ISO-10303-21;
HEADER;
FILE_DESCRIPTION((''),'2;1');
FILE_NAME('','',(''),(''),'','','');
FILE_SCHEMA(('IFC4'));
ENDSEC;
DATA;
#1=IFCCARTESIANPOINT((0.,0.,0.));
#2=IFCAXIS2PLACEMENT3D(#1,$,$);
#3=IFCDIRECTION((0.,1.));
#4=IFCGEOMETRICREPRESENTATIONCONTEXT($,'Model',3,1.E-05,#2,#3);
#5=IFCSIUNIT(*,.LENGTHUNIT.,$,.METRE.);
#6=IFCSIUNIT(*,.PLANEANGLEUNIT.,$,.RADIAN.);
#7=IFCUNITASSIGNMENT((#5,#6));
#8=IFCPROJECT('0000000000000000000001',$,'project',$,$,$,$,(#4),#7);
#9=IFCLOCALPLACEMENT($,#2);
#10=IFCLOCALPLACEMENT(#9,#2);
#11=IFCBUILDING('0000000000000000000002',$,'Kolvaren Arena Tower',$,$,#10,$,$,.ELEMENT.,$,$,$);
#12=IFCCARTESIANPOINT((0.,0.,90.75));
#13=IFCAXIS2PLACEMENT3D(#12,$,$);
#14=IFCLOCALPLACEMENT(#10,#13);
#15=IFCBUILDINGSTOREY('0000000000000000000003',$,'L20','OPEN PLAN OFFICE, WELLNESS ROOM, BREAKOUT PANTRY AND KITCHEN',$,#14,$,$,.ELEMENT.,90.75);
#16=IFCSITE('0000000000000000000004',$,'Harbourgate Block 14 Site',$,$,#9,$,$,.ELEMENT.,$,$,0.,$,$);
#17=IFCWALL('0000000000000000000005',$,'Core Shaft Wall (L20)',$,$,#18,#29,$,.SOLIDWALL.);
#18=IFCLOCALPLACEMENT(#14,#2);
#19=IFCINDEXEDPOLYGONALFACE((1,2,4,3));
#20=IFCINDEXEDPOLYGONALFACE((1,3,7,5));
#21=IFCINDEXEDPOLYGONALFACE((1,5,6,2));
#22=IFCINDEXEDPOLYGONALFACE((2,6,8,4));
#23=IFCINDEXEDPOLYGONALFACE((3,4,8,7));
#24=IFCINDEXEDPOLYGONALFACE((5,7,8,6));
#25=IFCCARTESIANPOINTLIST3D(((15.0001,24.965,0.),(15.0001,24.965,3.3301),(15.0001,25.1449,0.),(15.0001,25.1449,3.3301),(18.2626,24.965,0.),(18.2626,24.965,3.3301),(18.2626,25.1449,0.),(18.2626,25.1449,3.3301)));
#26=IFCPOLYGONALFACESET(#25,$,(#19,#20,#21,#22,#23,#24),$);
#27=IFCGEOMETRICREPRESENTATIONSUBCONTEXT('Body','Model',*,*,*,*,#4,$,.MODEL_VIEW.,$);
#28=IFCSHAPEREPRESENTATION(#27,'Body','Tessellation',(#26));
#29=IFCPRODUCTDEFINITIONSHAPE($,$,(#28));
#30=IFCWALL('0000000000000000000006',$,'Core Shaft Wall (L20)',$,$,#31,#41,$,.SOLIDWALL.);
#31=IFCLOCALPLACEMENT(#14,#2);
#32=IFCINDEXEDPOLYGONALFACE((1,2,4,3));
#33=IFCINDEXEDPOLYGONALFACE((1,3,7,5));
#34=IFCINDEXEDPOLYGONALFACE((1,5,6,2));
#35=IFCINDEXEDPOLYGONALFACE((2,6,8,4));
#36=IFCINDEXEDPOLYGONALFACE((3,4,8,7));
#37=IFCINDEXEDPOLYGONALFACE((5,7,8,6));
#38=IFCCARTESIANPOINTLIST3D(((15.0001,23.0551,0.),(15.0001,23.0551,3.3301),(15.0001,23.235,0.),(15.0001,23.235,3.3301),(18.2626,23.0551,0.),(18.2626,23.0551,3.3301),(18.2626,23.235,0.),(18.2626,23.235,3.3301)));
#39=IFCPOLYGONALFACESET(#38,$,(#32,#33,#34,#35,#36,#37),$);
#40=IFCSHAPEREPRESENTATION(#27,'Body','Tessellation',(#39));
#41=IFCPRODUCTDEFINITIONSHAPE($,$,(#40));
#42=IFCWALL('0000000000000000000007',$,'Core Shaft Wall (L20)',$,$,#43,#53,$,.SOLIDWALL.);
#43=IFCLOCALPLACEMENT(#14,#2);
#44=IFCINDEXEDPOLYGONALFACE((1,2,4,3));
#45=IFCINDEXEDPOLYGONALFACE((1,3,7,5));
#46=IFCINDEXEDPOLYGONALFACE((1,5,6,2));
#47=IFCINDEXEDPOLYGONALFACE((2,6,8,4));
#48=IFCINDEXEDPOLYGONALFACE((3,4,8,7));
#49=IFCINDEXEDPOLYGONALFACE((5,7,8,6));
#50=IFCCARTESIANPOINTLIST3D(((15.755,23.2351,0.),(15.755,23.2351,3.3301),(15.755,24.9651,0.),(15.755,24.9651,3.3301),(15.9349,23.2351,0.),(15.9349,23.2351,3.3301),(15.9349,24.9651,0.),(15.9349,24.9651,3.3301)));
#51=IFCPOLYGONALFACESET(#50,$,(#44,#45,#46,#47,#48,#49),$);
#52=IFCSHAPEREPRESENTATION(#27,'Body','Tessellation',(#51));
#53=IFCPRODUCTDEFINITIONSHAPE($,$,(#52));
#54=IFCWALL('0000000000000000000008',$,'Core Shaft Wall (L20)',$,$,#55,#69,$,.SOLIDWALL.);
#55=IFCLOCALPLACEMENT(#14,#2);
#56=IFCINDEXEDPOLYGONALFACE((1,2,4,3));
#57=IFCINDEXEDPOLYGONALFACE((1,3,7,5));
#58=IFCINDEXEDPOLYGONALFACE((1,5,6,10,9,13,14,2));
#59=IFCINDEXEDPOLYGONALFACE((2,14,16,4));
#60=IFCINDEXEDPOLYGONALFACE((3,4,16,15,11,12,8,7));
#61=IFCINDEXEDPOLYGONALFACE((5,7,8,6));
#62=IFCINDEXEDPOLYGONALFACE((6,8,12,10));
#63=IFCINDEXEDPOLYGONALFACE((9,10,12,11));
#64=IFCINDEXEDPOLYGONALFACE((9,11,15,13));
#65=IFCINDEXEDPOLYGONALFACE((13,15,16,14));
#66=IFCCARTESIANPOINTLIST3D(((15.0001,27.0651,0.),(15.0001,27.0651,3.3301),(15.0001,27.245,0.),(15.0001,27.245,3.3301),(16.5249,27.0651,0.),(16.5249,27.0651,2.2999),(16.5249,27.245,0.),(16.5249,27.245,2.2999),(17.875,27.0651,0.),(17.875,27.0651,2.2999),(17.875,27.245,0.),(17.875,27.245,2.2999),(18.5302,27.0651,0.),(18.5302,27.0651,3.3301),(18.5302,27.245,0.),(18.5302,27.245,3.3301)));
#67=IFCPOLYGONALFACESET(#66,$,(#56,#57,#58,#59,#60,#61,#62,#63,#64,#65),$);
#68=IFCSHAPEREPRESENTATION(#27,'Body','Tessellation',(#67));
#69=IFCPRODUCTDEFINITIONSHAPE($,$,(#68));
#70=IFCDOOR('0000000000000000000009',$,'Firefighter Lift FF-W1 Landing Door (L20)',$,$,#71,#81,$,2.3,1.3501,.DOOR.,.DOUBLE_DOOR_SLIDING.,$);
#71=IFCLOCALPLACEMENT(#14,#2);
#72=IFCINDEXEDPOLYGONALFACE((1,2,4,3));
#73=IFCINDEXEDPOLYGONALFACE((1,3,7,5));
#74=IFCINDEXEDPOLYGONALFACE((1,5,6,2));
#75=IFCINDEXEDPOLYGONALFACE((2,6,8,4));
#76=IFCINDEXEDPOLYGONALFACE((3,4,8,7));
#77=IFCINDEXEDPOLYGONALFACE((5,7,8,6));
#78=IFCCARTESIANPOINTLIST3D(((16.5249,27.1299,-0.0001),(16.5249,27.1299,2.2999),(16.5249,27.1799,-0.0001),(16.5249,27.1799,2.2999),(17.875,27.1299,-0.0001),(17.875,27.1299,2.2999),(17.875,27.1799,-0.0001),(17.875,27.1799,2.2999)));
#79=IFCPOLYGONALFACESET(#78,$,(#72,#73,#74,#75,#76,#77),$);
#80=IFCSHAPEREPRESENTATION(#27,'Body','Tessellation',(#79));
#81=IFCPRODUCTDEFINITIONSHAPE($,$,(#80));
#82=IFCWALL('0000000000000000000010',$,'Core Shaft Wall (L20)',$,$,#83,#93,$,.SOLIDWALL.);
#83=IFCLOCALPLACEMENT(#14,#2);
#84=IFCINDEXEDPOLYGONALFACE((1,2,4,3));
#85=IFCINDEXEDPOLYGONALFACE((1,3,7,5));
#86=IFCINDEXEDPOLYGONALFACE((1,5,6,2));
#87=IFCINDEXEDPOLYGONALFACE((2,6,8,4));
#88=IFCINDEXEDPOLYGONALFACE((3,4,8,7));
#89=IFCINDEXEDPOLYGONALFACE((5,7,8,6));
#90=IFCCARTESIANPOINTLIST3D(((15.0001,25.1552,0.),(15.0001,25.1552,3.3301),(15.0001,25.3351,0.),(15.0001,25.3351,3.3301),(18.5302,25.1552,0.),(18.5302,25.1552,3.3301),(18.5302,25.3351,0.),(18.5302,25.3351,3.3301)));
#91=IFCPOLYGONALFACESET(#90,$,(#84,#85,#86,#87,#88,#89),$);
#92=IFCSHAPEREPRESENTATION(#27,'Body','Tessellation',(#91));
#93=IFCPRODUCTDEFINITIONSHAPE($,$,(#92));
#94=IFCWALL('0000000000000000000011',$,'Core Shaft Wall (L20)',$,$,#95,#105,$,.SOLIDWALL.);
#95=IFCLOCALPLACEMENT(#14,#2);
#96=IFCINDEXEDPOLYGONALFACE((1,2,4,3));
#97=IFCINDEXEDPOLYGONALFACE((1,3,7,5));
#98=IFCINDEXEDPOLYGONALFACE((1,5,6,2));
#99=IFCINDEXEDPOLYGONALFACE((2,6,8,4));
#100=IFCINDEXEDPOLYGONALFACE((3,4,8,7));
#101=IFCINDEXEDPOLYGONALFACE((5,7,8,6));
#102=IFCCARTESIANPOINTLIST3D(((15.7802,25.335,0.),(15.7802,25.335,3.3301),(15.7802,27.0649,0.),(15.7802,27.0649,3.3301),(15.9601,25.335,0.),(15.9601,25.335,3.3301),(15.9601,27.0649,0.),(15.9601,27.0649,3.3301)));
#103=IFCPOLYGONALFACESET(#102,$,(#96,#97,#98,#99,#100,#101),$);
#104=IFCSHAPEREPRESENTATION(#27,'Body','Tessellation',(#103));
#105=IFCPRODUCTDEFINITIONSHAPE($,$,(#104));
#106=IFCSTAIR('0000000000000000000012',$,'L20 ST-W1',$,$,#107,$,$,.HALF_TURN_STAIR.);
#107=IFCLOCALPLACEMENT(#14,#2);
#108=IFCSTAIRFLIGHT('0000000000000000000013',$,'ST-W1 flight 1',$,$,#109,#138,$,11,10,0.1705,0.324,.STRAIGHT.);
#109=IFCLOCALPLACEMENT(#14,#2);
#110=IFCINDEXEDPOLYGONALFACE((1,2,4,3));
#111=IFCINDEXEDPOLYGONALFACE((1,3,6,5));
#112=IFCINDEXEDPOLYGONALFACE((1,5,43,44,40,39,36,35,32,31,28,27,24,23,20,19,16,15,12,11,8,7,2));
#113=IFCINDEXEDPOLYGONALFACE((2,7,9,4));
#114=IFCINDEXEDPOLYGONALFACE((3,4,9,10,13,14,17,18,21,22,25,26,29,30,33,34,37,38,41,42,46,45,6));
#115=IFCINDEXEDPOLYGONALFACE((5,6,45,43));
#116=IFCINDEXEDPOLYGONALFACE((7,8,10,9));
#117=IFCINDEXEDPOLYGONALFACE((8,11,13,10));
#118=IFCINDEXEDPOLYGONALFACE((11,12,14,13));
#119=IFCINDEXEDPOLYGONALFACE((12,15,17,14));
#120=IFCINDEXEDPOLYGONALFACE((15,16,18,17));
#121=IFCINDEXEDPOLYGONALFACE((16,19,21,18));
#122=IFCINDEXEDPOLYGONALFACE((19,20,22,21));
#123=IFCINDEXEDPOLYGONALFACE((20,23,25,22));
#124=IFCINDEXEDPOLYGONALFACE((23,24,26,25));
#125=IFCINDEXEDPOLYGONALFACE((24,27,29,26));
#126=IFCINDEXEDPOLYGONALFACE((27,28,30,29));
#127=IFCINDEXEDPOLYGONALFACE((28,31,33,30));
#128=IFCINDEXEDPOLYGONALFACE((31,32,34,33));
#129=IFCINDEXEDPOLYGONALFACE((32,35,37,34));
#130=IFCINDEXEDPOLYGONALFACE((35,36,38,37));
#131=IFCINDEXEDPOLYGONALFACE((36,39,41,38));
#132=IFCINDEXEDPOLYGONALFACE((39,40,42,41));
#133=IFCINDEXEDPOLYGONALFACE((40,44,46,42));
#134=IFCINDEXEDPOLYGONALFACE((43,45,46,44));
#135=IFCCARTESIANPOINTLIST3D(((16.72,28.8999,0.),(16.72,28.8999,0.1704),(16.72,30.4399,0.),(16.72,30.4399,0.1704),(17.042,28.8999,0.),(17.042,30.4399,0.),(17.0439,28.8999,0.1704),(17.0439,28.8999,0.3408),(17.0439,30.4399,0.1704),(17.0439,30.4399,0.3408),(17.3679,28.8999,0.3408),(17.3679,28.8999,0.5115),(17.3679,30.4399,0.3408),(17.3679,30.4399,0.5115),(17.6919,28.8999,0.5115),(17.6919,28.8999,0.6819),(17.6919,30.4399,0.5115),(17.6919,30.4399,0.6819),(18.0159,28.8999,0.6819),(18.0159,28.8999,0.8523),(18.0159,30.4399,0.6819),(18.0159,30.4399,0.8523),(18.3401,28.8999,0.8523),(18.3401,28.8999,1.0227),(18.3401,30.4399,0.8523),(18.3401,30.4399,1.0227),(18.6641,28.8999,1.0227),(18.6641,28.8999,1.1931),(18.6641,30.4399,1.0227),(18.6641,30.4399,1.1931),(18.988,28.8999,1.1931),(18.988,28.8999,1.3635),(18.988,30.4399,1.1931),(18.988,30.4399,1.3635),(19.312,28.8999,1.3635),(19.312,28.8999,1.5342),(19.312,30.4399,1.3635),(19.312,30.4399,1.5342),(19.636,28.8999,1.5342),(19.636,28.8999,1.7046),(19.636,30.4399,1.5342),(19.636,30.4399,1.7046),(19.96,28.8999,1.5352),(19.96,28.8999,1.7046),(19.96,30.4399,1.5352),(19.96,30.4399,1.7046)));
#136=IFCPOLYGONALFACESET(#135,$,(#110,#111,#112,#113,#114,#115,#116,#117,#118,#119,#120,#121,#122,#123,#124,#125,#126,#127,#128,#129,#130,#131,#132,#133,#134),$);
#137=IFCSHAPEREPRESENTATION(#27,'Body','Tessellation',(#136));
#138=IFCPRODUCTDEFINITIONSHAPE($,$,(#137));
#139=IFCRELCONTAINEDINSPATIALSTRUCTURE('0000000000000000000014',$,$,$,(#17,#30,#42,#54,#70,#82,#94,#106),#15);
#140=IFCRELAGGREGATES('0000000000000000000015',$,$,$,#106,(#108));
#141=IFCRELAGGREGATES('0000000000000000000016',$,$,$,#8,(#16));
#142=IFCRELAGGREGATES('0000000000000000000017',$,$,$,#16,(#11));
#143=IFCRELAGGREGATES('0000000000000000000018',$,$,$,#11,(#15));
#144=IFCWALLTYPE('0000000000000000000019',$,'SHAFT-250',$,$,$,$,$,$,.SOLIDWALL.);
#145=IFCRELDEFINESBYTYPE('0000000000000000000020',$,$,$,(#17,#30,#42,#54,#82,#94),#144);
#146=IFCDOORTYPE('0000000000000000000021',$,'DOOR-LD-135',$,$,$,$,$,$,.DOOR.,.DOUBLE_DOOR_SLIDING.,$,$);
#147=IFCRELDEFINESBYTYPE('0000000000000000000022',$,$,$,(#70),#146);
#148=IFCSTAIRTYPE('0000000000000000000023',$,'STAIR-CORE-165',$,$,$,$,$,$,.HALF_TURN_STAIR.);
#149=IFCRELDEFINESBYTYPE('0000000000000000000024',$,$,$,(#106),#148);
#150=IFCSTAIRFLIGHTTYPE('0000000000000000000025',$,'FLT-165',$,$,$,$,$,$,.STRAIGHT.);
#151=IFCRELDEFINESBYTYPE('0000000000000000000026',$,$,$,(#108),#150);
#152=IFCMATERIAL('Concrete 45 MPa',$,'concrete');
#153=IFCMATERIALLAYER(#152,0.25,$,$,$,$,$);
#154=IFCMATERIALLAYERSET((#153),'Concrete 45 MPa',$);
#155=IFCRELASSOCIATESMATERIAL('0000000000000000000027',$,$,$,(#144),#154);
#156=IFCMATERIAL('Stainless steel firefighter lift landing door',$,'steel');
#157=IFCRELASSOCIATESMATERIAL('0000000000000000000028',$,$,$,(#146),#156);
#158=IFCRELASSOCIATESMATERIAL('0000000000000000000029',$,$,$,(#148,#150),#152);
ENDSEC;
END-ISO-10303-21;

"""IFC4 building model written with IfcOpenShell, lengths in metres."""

from ifc_helpers import new_model, si_unit, direction, frame, frame_2d, origin, place, context, subcontext, project, spatial, polyline, rectangle, outline, extrude, material, layer, layer_set, type_object, element, fill, aggregate, save


model = new_model("IFC4")

# Units and contexts
model_context = context("Model", 3, precision=1e-05, world=origin(), true_north=direction((0.0, 1.0)))
body_context = subcontext(model_context, "Body", "Model", "MODEL_VIEW")
ifc_project = project(units=[si_unit("LENGTHUNIT", "METRE"), si_unit("PLANEANGLEUNIT", "RADIAN")], contexts=[model_context])

# Site, building, storey
site_placement = place(None, origin())
site = spatial("IfcSite", under=ifc_project, at=site_placement, Name="Harbourgate Block 14 Site", CompositionType="ELEMENT", RefElevation=0.0)
building_placement = place(site_placement, origin())
building = spatial("IfcBuilding", under=site, at=building_placement, Name="Kolvaren Arena Tower", CompositionType="ELEMENT")
storey_placement = place(building_placement, frame((0.0, 0.0, 90.75)))
storey = spatial("IfcBuildingStorey", under=building, at=storey_placement, Name="L20", Description="OPEN PLAN OFFICE, WELLNESS ROOM, BREAKOUT PANTRY AND KITCHEN", CompositionType="ELEMENT", Elevation=90.75)

# Walls
ifc_material_1 = material(Name="Concrete 45 MPa", Category="concrete")
ifc_layer = layer(ifc_material_1, 0.25)
ifc_layer_set = layer_set([ifc_layer], Name="Concrete 45 MPa")
wall_type = type_object("IfcWallType", Name="SHAFT-250", PredefinedType="SOLIDWALL", material=ifc_layer_set)
for number, where, z_axis, x_axis, name in (
    (1, (15.0, 25.0549, 0.0), (0.0, 0.0, 1.0), (1.0, 0.0, 0.0), "Core Shaft Wall (L20)"),
    (2, (15.0, 23.145, 0.0), (0.0, 0.0, 1.0), (1.0, 0.0, 0.0), "Core Shaft Wall (L20)"),
):
    element("IfcWall", number, at=place(storey_placement, frame(where, z_axis=z_axis, x_axis=x_axis)), inside=storey, type_object=wall_type, Name=name, PredefinedType="SOLIDWALL", context=body_context, shape_type="SweptSolid", body=[
        extrude(rectangle(XDim=3.2625, YDim=0.1799, at=frame_2d((1.6313, 0.0))), origin(), (0.0, 0.0, 1.0), 3.3301),
    ])
wall_1_placement = place(storey_placement, frame((15.845, 23.2351, 0.0), z_axis=(0.0, 0.0, 1.0), x_axis=(0.0, 1.0, 0.0)))
element("IfcWall", 3, at=wall_1_placement, inside=storey, type_object=wall_type, Name="Core Shaft Wall (L20)", PredefinedType="SOLIDWALL", context=body_context, shape_type="SweptSolid", body=[
    extrude(rectangle(XDim=1.73, YDim=0.1799, at=frame_2d((0.865, 0.0))), origin(), (0.0, 0.0, 1.0), 3.3301),
])

# Wall, opening, door
wall_2_placement = place(storey_placement, frame((15.0, 27.155, 0.0), z_axis=(0.0, 0.0, 1.0), x_axis=(1.0, 0.0, 0.0)))
wall_2 = element("IfcWall", 4, at=wall_2_placement, inside=storey, type_object=wall_type, Name="Core Shaft Wall (L20)", PredefinedType="SOLIDWALL", context=body_context, shape_type="SweptSolid", body=[
    extrude(rectangle(XDim=3.53, YDim=0.1799, at=frame_2d((1.7651, 0.0))), origin(), (0.0, 0.0, 1.0), 3.3301),
])
opening_placement = place(wall_2_placement, frame((1.5249, 0.0, 0.0)))
opening = element("IfcOpeningElement", 5, at=opening_placement, cuts=wall_2, PredefinedType="OPENING", context=body_context, shape_type="SweptSolid", body=[
    extrude(rectangle(XDim=1.3501, YDim=2.3, at=frame_2d((0.675, 1.1499))), frame((0.0, 0.0999, 0.0), z_axis=(0.0, -1.0, 0.0), x_axis=(1.0, 0.0, 0.0)), (0.0, 0.0, 1.0), 0.2),
])
ifc_material_2 = material(Name="Stainless steel firefighter lift landing door", Category="steel")
door_type = type_object("IfcDoorType", Name="DOOR-LD-135", OperationType="DOUBLE_DOOR_SLIDING", PredefinedType="DOOR", material=ifc_material_2)
door_placement = place(opening_placement, origin())
door = element("IfcDoor", 6, at=door_placement, inside=storey, type_object=door_type, Name="Firefighter Lift FF-W1 Landing Door (L20)", OperationType="DOUBLE_DOOR_SLIDING", OverallHeight=2.3, OverallWidth=1.3501, PredefinedType="DOOR", context=body_context, shape_type="SweptSolid", body=[
    extrude(rectangle(XDim=1.3501, YDim=2.3, at=frame_2d((0.675, 1.1499))), frame((0.0, 0.0249, 0.0), z_axis=(0.0, -1.0, 0.0), x_axis=(1.0, 0.0, 0.0)), (0.0, 0.0, 1.0), 0.05),
])
fill(opening, door)

# Walls
wall_3_placement = place(storey_placement, frame((15.0, 25.2451, 0.0), z_axis=(0.0, 0.0, 1.0), x_axis=(1.0, 0.0, 0.0)))
element("IfcWall", 7, at=wall_3_placement, inside=storey, type_object=wall_type, Name="Core Shaft Wall (L20)", PredefinedType="SOLIDWALL", context=body_context, shape_type="SweptSolid", body=[
    extrude(rectangle(XDim=3.53, YDim=0.1799, at=frame_2d((1.7651, 0.0))), origin(), (0.0, 0.0, 1.0), 3.3301),
])
wall_4_placement = place(storey_placement, frame((15.8701, 25.335, 0.0), z_axis=(0.0, 0.0, 1.0), x_axis=(0.0, 1.0, 0.0)))
element("IfcWall", 8, at=wall_4_placement, inside=storey, type_object=wall_type, Name="Core Shaft Wall (L20)", PredefinedType="SOLIDWALL", context=body_context, shape_type="SweptSolid", body=[
    extrude(rectangle(XDim=1.73, YDim=0.1799, at=frame_2d((0.865, 0.0))), origin(), (0.0, 0.0, 1.0), 3.3301),
])

# Stair, stair flight
stair_type = type_object("IfcStairType", Name="STAIR-CORE-165", PredefinedType="HALF_TURN_STAIR", material=ifc_material_1)
stair_placement = place(storey_placement, origin())
stair = element("IfcStair", 9, at=stair_placement, inside=storey, type_object=stair_type, Name="L20 ST-W1", PredefinedType="HALF_TURN_STAIR")
stair_flight_type = type_object("IfcStairFlightType", Name="FLT-165", PredefinedType="STRAIGHT", material=ifc_material_1)
stair_flight_placement = place(storey_placement, frame((16.72, 29.6699, 0.0), z_axis=(0.0, 0.0, 1.0), x_axis=(1.0, 0.0, 0.0)))
stair_flight = element("IfcStairFlight", 10, at=stair_flight_placement, type_object=stair_flight_type, Name="ST-W1 flight 1", NumberOfRisers=11, NumberOfTreads=10, PredefinedType="STRAIGHT", RiserHeight=0.1705, TreadLength=0.324, context=body_context, shape_type="SweptSolid", body=[
    extrude(outline(polyline([(0.0, 0.0), (0.0, 0.1704), (0.324, 0.1704), (0.324, 0.3408), (0.6479, 0.3408), (0.6479, 0.5115), (0.9719, 0.5115), (0.9719, 0.6819), (1.2959, 0.6819), (1.2959, 0.8523), (1.6201, 0.8523), (1.6201, 1.0227), (1.9441, 1.0227), (1.9441, 1.1931), (2.2681, 1.1931), (2.2681, 1.3635), (2.592, 1.3635), (2.592, 1.5342), (2.916, 1.5342), (2.916, 1.7046), (3.24, 1.7046), (3.24, 1.875), (3.24, 1.5352), (0.322, 0.0), (0.0, 0.0)])), frame((0.0, 0.77, 0.0), z_axis=(0.0, -1.0, 0.0), x_axis=(1.0, 0.0, 0.0)), (0.0, 0.0, 1.0), 1.54),
])
aggregate(stair, [stair_flight])

save(model, "model.ifc")
